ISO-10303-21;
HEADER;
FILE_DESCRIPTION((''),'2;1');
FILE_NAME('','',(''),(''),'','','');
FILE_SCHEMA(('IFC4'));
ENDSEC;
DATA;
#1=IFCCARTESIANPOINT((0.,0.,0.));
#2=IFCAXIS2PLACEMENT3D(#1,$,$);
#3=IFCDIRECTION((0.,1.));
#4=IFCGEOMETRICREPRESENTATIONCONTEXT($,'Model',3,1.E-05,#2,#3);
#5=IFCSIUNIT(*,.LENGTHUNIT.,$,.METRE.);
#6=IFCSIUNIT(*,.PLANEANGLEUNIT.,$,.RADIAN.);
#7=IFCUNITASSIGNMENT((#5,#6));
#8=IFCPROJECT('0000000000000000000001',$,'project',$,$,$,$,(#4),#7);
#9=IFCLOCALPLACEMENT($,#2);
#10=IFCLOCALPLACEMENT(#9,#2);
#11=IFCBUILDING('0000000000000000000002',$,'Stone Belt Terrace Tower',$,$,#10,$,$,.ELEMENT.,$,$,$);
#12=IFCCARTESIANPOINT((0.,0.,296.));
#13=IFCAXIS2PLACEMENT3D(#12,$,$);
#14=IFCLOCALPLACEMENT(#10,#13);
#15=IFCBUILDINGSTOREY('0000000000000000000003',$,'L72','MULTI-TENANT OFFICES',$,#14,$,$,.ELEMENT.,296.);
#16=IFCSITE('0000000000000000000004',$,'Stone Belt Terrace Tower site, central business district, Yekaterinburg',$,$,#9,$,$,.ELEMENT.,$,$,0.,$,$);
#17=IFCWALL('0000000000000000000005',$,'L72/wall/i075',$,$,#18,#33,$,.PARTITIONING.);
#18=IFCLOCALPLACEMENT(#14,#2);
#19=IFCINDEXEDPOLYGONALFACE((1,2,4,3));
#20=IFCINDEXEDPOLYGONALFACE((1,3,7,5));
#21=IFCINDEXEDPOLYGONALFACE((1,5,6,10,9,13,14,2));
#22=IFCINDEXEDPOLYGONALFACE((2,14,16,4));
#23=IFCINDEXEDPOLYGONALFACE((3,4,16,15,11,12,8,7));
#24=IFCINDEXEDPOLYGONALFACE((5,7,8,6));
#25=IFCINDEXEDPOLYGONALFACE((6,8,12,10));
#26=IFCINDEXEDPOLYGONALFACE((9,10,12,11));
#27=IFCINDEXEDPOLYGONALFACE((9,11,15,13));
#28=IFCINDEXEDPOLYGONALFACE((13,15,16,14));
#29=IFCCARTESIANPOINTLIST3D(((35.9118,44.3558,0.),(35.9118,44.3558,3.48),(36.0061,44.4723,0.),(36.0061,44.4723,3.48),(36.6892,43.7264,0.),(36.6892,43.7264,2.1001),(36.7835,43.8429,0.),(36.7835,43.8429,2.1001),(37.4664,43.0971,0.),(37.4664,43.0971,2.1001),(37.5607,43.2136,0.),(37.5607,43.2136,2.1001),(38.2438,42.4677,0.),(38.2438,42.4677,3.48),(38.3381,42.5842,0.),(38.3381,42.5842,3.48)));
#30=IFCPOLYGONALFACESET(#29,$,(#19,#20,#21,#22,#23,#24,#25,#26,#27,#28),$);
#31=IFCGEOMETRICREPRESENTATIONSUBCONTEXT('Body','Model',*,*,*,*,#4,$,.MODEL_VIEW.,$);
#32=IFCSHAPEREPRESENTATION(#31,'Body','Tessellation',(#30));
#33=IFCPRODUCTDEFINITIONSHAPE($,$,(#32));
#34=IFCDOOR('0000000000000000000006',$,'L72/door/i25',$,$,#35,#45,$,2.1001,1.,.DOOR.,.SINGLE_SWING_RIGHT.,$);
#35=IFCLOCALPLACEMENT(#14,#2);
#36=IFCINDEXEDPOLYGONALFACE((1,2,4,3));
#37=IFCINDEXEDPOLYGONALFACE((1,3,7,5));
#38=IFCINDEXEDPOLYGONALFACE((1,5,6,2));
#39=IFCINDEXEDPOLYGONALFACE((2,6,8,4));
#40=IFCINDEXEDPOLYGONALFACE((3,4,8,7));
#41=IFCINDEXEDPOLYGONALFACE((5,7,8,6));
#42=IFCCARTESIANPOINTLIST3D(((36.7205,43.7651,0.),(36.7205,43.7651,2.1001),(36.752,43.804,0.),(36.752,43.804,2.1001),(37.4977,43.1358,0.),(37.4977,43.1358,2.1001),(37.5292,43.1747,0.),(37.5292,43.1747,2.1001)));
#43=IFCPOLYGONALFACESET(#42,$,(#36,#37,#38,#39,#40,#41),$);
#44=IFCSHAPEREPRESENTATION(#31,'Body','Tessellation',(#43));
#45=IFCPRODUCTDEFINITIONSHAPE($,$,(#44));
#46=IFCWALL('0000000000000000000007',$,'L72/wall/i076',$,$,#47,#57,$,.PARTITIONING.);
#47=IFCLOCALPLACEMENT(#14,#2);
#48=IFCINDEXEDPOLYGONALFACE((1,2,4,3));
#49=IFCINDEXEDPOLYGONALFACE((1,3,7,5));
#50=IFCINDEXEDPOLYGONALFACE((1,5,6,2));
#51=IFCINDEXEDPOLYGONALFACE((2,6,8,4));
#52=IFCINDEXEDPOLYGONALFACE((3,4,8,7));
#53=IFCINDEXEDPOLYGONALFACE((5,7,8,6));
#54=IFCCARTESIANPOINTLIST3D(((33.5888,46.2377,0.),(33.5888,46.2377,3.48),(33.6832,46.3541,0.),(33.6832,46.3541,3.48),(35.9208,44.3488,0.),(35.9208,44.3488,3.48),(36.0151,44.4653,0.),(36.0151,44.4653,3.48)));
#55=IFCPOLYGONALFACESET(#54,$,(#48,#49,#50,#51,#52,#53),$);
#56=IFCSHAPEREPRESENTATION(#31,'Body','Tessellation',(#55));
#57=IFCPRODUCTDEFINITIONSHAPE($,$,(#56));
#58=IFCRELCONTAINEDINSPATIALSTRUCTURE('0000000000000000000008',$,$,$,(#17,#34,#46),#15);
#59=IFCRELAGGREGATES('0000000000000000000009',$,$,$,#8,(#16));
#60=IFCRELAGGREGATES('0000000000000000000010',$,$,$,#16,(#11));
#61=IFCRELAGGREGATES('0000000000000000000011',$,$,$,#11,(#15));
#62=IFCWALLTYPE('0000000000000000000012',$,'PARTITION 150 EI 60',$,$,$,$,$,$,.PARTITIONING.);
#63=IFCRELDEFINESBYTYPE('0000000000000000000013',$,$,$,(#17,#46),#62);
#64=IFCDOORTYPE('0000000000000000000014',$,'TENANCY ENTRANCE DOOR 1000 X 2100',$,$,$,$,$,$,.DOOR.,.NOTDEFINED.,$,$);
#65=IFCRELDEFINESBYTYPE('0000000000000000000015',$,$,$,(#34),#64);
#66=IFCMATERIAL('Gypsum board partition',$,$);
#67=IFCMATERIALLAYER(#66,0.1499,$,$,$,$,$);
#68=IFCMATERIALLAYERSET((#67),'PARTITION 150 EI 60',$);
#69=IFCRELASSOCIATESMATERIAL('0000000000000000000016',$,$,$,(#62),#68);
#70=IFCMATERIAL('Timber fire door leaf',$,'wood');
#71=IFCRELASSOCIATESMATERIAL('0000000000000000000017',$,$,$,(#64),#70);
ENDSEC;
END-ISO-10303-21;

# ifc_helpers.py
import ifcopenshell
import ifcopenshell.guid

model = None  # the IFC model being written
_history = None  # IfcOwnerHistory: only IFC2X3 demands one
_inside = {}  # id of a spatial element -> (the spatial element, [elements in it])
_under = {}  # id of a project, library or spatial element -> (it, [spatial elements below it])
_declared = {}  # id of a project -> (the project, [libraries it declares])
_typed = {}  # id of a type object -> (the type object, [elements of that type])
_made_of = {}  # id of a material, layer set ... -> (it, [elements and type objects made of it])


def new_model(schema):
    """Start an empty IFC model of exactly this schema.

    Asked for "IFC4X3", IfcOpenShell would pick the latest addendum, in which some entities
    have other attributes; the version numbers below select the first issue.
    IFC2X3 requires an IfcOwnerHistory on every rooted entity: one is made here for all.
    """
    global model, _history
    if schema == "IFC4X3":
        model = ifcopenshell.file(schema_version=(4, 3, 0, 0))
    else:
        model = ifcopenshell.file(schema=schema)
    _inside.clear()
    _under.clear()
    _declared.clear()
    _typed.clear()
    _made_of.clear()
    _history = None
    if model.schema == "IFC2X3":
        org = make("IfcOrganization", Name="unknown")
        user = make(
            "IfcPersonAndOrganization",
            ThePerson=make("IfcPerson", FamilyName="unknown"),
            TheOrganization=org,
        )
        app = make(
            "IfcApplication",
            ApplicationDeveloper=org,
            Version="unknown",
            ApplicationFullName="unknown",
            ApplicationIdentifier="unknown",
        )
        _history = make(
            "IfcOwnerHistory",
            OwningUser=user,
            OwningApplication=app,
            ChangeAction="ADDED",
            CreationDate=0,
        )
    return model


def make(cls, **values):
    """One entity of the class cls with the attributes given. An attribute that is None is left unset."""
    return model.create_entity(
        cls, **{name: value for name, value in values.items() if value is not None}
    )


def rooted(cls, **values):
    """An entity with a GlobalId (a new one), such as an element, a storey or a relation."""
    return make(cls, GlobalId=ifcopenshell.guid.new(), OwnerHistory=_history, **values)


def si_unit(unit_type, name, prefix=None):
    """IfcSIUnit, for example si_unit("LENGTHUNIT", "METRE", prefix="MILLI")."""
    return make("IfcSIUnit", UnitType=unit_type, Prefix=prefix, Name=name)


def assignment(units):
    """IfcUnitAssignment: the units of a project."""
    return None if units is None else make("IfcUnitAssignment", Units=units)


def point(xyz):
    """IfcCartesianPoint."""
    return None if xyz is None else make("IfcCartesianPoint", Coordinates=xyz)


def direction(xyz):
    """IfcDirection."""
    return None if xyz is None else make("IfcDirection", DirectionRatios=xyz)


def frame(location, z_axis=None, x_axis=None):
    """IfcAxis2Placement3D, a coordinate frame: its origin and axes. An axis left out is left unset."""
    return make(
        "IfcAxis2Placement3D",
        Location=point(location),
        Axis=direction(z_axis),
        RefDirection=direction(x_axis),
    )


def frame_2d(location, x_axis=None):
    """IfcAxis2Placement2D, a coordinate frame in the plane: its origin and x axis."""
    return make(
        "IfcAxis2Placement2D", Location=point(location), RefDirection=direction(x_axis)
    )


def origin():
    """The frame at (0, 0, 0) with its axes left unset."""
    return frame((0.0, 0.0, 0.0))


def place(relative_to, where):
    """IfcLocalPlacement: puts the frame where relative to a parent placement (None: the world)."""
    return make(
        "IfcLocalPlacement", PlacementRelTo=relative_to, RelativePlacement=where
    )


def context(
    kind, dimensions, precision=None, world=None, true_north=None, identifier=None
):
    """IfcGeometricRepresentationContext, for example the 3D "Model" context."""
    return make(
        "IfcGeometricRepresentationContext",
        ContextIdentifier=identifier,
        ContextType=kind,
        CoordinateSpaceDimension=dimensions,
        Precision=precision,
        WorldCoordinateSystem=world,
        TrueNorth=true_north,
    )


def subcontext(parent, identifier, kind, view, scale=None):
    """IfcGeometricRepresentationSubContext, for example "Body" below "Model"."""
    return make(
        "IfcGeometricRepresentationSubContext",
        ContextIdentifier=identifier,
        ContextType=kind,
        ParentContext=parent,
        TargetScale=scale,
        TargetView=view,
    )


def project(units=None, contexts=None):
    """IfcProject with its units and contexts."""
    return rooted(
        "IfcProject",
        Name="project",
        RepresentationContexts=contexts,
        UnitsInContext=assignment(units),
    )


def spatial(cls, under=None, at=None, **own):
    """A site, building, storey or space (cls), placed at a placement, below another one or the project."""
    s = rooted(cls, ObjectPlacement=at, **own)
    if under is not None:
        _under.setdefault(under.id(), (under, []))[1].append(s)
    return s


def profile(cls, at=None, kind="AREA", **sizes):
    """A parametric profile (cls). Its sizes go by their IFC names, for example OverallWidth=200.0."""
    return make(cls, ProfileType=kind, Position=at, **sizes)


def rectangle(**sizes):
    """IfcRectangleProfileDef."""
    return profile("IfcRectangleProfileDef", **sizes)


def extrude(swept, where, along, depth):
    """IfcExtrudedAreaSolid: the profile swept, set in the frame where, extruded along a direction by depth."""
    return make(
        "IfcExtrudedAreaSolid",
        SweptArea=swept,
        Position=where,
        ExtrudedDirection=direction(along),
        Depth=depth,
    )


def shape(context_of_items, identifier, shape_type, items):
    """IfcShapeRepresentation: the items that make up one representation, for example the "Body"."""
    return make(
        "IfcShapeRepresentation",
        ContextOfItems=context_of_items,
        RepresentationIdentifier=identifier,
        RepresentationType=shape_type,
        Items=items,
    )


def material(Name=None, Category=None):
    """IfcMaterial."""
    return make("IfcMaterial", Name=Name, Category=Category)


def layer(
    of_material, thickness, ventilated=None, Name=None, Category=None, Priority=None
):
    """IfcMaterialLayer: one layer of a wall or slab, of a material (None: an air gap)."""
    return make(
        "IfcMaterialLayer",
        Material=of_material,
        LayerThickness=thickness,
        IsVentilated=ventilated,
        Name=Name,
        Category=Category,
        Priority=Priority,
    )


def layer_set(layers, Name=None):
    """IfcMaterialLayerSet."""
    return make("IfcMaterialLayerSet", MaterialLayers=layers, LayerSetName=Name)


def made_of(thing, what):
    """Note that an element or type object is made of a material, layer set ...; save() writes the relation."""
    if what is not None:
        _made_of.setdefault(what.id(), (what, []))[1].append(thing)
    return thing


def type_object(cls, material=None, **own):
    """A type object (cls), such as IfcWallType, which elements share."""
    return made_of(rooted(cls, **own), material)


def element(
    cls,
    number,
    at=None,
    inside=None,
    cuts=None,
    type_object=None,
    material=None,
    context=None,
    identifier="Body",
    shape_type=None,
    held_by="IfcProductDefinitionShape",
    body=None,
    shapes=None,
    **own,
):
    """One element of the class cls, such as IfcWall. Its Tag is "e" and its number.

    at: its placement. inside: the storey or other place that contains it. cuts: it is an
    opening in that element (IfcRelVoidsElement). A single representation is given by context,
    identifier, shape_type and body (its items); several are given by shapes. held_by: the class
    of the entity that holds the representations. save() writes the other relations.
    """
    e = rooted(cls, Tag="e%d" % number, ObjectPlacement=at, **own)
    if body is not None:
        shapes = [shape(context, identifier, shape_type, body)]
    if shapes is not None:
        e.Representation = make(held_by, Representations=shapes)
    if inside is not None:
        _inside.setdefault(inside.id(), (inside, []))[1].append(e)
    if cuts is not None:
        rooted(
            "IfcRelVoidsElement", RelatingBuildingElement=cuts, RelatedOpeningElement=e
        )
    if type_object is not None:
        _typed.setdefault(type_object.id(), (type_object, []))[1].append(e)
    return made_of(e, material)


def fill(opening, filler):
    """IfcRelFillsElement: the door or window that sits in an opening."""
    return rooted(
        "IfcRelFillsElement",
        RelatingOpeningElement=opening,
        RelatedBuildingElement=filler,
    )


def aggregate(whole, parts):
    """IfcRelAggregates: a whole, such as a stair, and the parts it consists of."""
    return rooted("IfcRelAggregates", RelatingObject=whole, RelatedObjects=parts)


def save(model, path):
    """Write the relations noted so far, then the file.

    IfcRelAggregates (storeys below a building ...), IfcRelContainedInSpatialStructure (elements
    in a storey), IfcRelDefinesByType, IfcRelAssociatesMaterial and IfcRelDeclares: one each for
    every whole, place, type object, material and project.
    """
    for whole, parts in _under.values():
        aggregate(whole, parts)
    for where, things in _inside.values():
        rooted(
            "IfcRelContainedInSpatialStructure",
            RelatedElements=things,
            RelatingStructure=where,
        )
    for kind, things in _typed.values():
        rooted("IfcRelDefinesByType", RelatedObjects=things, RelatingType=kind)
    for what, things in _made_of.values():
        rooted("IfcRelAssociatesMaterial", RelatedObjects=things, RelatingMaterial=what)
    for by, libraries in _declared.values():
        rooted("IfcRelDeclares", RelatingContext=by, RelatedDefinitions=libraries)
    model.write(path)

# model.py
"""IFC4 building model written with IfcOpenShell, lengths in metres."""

from ifc_helpers import new_model, si_unit, direction, frame, frame_2d, origin, place, context, subcontext, project, spatial, rectangle, extrude, material, layer, layer_set, type_object, element, fill, save


model = new_model("IFC4")

# Units and contexts
model_context = context("Model", 3, precision=1e-05, world=origin(), true_north=direction((0.0, 1.0)))
body_context = subcontext(model_context, "Body", "Model", "MODEL_VIEW")
ifc_project = project(units=[si_unit("LENGTHUNIT", "METRE"), si_unit("PLANEANGLEUNIT", "RADIAN")], contexts=[model_context])

# Site, building, storey
site_placement = place(None, origin())
site = spatial("IfcSite", under=ifc_project, at=site_placement, Name="Stone Belt Terrace Tower site, central business district, Yekaterinburg", CompositionType="ELEMENT", RefElevation=0.0)
building_placement = place(site_placement, origin())
building = spatial("IfcBuilding", under=site, at=building_placement, Name="Stone Belt Terrace Tower", CompositionType="ELEMENT")
storey_placement = place(building_placement, frame((0.0, 0.0, 296.0)))
storey = spatial("IfcBuildingStorey", under=building, at=storey_placement, Name="L72", Description="MULTI-TENANT OFFICES", CompositionType="ELEMENT", Elevation=296.0)

# Shared definitions
ifc_material_1 = material(Name="Gypsum board partition")

# Shared definitions
ifc_layer_1 = layer(ifc_material_1, 0.1499)
ifc_layer_set_1 = layer_set([ifc_layer_1], Name="PARTITION 150 EI 60")
wall_type_1 = type_object("IfcWallType", Name="PARTITION 150 EI 60", PredefinedType="PARTITIONING", material=ifc_layer_set_1)
ifc_material_2 = material(Name="Timber fire door leaf", Category="wood")
door_type_1 = type_object("IfcDoorType", Name="TENANCY ENTRANCE DOOR 1000 X 2100", OperationType="NOTDEFINED", PredefinedType="DOOR", material=ifc_material_2)

# Wall, opening, door
wall_1_placement = place(storey_placement, frame((35.959, 44.4141, 0.0), z_axis=(0.0, 0.0, 1.0), x_axis=(0.777188, -0.629268, 0.0)))
wall_1 = element("IfcWall", 1, at=wall_1_placement, inside=storey, type_object=wall_type_1, Name="L72/wall/i075", PredefinedType="PARTITIONING", context=body_context, shape_type="SweptSolid", body=[
    extrude(rectangle(XDim=3.0005, YDim=0.1499, at=frame_2d((1.5002, 0.0))), origin(), (0.0, 0.0, 1.0), 3.48),
])
opening_1_placement = place(wall_1_placement, frame((1.0002, 0.0, 0.0)))
opening_1 = element("IfcOpeningElement", 2, at=opening_1_placement, cuts=wall_1, PredefinedType="OPENING", context=body_context, shape_type="SweptSolid", body=[
    extrude(rectangle(XDim=1.0, YDim=2.1001, at=frame_2d((0.5, 1.05))), frame((0.0, 0.085, 0.0), z_axis=(0.0, -1.0, 0.0), x_axis=(1.0, 0.0, 0.0)), (0.0, 0.0, 1.0), 0.1699),
])
door_1_placement = place(opening_1_placement, origin())
door_1 = element("IfcDoor", 3, at=door_1_placement, inside=storey, type_object=door_type_1, Name="L72/door/i25", OperationType="SINGLE_SWING_RIGHT", OverallHeight=2.1001, OverallWidth=1.0, PredefinedType="DOOR", context=body_context, shape_type="SweptSolid", body=[
    extrude(rectangle(XDim=1.0, YDim=2.1001, at=frame_2d((0.5, 1.05))), frame((0.0, 0.0249, 0.0), z_axis=(0.0, -1.0, 0.0), x_axis=(1.0, 0.0, 0.0)), (0.0, 0.0, 1.0), 0.05),
])
fill(opening_1, door_1)

# Wall
wall_2_placement = place(storey_placement, frame((33.636, 46.2959, 0.0), z_axis=(0.0, 0.0, 1.0), x_axis=(0.777069, -0.629416, 0.0)))
element("IfcWall", 4, at=wall_2_placement, inside=storey, type_object=wall_type_1, Name="L72/wall/i076", PredefinedType="PARTITIONING", context=body_context, shape_type="SweptSolid", body=[
    extrude(rectangle(XDim=3.001, YDim=0.1499, at=frame_2d((1.5005, 0.0))), origin(), (0.0, 0.0, 1.0), 3.48),
])

save(model, "model.ifc")
